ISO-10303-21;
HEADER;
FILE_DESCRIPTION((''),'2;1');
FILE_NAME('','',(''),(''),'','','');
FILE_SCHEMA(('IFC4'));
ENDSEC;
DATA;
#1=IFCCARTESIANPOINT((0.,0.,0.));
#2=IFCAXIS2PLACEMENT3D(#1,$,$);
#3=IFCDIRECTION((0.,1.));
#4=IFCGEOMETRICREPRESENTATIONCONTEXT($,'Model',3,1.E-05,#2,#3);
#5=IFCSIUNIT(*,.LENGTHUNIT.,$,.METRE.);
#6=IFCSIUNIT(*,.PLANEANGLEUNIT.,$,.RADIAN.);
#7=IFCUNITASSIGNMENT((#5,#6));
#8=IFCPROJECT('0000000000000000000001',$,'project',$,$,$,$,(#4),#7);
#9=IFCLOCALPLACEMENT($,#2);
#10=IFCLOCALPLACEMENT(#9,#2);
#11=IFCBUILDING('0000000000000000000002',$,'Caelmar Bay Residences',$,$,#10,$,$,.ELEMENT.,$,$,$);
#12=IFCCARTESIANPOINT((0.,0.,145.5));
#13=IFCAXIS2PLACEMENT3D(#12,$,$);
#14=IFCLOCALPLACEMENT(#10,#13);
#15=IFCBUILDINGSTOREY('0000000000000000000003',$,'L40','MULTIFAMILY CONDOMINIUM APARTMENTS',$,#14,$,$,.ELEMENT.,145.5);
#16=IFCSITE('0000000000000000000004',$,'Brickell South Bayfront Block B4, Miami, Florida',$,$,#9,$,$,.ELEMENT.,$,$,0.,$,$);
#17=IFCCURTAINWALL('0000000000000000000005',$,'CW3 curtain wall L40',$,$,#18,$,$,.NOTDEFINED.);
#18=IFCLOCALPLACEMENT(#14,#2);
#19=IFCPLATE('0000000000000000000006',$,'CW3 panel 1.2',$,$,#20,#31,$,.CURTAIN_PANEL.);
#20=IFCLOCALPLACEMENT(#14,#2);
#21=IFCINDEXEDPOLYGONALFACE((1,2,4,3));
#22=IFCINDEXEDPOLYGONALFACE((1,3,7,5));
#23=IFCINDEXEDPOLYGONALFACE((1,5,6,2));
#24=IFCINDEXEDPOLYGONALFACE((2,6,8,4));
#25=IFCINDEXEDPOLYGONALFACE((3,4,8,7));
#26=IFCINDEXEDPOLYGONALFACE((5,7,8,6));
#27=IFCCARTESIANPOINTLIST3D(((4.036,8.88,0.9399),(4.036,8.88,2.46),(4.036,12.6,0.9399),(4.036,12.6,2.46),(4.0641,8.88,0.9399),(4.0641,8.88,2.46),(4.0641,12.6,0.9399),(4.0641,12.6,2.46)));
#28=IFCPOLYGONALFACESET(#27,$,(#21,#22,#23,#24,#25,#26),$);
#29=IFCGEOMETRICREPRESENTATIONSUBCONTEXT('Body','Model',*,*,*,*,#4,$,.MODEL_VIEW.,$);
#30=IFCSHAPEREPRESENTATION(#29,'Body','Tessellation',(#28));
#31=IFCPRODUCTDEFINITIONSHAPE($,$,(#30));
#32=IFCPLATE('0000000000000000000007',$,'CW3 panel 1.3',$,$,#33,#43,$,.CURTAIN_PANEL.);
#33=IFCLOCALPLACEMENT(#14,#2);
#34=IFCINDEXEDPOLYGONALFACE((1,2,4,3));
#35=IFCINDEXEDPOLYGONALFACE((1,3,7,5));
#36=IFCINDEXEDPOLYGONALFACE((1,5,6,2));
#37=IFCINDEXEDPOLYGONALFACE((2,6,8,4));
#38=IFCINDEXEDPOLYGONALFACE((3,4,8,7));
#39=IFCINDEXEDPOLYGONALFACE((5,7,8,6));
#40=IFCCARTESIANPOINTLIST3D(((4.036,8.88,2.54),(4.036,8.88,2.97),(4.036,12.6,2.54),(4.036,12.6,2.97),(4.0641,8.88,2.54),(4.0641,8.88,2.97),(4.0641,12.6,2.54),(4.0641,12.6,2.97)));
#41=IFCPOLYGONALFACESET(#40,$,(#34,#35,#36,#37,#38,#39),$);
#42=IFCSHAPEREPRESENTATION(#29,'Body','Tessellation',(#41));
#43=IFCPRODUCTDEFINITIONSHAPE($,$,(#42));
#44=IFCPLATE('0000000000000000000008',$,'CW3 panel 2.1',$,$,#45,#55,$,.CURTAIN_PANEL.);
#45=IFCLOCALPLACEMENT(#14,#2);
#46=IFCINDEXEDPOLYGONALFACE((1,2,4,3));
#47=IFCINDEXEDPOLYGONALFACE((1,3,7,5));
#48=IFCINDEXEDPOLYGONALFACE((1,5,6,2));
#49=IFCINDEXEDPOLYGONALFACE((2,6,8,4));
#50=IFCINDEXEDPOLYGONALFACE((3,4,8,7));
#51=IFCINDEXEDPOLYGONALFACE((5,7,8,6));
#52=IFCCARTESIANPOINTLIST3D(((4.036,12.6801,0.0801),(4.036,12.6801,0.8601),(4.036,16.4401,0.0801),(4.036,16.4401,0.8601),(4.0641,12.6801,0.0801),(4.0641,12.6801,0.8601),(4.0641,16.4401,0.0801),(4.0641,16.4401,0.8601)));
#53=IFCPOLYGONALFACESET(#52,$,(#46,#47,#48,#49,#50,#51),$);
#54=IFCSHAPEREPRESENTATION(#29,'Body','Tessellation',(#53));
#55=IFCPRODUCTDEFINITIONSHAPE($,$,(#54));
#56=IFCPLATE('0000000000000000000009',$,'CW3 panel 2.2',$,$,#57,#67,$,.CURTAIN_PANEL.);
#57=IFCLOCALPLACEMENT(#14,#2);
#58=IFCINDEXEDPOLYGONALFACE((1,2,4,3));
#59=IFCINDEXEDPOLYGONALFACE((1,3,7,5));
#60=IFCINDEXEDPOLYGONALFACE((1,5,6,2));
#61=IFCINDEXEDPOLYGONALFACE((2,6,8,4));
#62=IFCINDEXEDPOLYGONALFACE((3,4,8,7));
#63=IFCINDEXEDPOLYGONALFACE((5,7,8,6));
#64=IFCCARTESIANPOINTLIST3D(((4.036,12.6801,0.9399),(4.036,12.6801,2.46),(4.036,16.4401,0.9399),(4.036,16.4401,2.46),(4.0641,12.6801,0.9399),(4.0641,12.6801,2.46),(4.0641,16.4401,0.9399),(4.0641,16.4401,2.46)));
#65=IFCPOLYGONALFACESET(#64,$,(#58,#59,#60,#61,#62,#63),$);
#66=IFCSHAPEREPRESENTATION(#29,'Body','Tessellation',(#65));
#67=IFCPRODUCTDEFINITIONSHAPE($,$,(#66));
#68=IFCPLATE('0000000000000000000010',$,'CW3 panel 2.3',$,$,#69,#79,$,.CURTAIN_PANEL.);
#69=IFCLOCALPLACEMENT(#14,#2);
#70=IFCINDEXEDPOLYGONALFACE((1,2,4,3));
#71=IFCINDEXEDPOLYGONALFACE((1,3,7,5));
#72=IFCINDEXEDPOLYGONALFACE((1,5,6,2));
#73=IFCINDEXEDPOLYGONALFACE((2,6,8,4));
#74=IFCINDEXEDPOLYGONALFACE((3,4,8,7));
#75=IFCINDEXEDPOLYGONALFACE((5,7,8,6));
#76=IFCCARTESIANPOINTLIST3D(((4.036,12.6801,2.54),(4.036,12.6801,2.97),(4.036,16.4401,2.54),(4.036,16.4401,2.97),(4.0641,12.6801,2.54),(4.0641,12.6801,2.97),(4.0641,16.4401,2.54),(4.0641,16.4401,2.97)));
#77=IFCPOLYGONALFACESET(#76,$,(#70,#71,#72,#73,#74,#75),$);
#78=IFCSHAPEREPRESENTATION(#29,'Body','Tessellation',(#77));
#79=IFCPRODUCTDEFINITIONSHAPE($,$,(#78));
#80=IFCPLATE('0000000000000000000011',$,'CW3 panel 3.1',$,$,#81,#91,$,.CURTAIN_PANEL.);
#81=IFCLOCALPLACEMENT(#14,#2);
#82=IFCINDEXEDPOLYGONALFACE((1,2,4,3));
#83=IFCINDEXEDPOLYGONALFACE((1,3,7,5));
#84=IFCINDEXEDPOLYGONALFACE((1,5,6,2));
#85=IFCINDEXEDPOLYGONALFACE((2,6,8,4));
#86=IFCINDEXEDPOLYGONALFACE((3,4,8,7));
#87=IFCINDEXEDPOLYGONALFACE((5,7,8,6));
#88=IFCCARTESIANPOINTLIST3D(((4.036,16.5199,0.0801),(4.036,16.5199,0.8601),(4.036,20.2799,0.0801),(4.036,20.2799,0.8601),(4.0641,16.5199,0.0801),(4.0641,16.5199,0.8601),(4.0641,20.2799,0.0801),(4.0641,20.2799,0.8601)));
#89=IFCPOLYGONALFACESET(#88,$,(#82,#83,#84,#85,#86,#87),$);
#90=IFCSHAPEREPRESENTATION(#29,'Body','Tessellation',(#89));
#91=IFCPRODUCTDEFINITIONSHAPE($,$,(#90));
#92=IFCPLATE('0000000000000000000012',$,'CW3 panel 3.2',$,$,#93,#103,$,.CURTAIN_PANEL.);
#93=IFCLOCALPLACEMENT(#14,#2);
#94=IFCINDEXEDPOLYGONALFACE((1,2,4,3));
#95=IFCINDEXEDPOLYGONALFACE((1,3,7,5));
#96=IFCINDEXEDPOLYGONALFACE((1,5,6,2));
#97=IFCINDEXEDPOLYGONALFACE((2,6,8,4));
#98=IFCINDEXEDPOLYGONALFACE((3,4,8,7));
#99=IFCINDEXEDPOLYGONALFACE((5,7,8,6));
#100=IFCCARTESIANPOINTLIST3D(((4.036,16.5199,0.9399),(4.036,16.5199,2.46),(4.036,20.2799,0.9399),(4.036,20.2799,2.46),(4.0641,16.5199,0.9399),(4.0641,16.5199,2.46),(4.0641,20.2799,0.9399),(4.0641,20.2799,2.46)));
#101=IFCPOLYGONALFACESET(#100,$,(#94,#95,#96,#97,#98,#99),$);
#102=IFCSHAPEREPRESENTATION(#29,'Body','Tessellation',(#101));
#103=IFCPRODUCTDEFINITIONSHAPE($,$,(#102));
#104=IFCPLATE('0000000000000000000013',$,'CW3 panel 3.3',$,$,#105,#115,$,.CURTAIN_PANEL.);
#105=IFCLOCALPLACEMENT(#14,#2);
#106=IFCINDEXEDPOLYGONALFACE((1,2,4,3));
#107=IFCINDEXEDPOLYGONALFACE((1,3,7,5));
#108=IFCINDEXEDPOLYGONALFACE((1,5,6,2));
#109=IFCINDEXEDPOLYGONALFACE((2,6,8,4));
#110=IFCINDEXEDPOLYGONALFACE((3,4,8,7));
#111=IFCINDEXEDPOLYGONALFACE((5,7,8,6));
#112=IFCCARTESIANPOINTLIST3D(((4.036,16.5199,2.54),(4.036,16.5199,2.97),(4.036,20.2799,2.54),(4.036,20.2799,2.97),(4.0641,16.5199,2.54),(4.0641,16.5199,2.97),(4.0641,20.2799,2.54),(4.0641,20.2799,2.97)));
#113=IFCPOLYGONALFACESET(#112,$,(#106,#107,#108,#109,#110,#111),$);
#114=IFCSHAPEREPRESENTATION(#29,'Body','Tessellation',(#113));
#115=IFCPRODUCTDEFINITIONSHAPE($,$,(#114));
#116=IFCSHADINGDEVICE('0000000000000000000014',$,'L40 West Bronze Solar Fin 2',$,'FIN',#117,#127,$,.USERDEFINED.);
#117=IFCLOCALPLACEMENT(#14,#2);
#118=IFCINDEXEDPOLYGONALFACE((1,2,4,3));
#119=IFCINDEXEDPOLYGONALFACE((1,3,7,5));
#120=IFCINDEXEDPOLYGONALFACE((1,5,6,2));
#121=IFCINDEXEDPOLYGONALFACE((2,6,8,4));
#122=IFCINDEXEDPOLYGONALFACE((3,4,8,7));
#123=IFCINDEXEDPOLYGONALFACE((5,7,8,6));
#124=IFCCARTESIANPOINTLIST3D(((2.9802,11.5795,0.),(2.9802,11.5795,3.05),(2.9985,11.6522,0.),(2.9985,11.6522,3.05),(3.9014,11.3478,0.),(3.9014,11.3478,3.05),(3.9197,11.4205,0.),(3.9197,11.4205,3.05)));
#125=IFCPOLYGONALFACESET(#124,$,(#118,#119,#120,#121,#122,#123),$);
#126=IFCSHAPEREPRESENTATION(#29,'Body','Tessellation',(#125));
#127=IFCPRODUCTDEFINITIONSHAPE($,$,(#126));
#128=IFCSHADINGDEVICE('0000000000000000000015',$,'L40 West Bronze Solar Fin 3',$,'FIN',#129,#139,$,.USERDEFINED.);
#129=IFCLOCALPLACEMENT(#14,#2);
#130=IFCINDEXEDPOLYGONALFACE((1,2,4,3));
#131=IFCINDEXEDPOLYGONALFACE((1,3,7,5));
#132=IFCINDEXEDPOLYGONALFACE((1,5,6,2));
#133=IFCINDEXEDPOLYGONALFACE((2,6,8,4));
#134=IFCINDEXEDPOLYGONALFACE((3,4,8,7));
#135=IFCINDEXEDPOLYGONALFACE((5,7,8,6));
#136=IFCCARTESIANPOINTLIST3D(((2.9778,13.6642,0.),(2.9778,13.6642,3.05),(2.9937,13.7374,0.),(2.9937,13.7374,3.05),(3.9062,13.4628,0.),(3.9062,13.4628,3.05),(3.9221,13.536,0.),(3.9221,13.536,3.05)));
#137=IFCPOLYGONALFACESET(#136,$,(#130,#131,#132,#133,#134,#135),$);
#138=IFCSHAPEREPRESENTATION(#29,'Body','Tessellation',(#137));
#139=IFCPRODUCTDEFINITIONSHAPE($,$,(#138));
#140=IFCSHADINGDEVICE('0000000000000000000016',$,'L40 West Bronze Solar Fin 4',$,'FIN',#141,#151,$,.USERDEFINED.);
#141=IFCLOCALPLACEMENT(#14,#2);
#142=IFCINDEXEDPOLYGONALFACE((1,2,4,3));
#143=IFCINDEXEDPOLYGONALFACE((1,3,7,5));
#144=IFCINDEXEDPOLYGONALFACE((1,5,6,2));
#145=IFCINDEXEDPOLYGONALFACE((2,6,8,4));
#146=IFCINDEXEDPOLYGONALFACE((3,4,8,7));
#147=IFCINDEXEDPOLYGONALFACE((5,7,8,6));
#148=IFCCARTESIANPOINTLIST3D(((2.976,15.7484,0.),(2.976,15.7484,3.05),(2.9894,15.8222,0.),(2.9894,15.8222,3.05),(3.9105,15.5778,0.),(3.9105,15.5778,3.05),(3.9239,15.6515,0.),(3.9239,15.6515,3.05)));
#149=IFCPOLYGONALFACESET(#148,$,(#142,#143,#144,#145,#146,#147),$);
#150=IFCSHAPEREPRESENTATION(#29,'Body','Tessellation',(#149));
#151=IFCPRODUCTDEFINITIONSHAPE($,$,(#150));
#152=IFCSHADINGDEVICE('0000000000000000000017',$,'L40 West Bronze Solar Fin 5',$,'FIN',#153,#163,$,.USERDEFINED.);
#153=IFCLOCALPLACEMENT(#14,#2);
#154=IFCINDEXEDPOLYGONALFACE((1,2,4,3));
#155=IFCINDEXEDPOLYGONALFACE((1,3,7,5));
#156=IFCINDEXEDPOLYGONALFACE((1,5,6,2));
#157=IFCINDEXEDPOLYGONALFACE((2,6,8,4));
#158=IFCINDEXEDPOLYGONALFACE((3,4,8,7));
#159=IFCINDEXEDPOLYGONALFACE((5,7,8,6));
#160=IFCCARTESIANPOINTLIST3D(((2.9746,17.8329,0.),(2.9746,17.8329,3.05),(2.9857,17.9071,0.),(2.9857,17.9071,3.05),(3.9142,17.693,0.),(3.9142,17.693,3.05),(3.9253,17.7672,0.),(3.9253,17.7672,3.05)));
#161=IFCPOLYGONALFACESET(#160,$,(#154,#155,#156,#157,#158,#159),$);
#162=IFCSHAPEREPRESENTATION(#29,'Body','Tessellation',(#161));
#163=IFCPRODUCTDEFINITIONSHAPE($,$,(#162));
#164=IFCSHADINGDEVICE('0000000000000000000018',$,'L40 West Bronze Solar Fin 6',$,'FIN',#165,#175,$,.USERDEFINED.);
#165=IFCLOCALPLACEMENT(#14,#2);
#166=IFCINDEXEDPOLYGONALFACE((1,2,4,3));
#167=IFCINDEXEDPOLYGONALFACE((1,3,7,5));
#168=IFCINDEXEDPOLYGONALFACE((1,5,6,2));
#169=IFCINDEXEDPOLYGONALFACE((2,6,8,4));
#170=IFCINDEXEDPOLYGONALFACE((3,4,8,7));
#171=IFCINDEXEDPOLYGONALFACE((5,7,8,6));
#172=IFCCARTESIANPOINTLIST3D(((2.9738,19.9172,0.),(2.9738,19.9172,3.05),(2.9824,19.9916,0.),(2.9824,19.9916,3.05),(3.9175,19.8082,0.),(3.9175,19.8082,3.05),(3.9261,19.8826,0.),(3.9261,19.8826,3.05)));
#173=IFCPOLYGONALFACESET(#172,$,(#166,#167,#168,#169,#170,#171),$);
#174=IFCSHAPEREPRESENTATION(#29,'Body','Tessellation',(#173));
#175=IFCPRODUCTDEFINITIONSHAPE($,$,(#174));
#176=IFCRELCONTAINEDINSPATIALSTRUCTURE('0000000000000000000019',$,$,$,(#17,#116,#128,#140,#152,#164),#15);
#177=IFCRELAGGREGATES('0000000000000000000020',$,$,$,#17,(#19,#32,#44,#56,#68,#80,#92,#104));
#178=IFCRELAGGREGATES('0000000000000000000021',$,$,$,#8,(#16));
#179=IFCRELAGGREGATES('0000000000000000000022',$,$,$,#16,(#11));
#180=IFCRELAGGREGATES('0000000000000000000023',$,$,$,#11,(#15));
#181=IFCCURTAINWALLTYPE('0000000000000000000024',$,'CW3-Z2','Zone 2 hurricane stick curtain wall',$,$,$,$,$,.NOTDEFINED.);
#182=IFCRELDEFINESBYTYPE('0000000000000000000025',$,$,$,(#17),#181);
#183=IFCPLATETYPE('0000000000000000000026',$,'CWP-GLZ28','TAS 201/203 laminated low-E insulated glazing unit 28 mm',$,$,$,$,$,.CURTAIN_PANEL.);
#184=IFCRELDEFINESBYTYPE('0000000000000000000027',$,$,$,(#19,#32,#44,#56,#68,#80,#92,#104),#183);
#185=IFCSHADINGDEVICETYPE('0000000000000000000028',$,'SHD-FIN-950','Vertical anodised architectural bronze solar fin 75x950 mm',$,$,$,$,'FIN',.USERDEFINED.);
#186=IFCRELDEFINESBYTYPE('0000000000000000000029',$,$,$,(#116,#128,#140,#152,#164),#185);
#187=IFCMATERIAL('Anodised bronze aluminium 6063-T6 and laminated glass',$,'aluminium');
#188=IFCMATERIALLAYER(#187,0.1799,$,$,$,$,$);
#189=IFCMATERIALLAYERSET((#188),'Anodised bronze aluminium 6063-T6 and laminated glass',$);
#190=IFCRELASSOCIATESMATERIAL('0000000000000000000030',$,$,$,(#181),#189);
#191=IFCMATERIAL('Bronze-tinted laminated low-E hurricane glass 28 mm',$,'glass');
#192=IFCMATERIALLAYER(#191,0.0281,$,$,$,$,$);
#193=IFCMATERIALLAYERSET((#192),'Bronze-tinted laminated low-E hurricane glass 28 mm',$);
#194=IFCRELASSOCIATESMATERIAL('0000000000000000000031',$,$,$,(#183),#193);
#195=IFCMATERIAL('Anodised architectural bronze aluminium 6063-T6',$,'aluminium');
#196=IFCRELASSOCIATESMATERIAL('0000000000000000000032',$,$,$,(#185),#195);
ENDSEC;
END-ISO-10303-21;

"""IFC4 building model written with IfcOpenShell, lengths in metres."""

from ifc_helpers import new_model, si_unit, direction, frame, origin, origin_2d, place, context, subcontext, project, spatial, rectangle, extrude, material, layer, layer_set, material_profile, profile_set, type_object, element, aggregate, save


model = new_model("IFC4")

# Units and contexts
model_context = context("Model", 3, precision=1e-05, world=origin(), true_north=direction((0.0, 1.0)))
body_context = subcontext(model_context, "Body", "Model", "MODEL_VIEW")
ifc_project = project(units=[si_unit("LENGTHUNIT", "METRE"), si_unit("PLANEANGLEUNIT", "RADIAN")], contexts=[model_context])

# Site, building, storey
site_placement = place(None, origin())
site = spatial("IfcSite", under=ifc_project, at=site_placement, Name="Brickell South Bayfront Block B4, Miami, Florida", CompositionType="ELEMENT", RefElevation=0.0)
building_placement = place(site_placement, origin())
building = spatial("IfcBuilding", under=site, at=building_placement, Name="Caelmar Bay Residences", CompositionType="ELEMENT")
storey_placement = place(building_placement, frame((0.0, 0.0, 145.5)))
storey = spatial("IfcBuildingStorey", under=building, at=storey_placement, Name="L40", Description="MULTIFAMILY CONDOMINIUM APARTMENTS", CompositionType="ELEMENT", Elevation=145.5)

# Curtain wall, plates
ifc_material_1 = material(Name="Anodised bronze aluminium 6063-T6 and laminated glass", Category="aluminium")
ifc_layer_1 = layer(ifc_material_1, 0.1799)
ifc_layer_set_1 = layer_set([ifc_layer_1], Name="Anodised bronze aluminium 6063-T6 and laminated glass")
curtain_wall_type = type_object("IfcCurtainWallType", Name="CW3-Z2", Description="Zone 2 hurricane stick curtain wall", PredefinedType="NOTDEFINED", material=ifc_layer_set_1)
curtain_wall_placement = place(storey_placement, origin())
curtain_wall = element("IfcCurtainWall", 1, at=curtain_wall_placement, inside=storey, type_object=curtain_wall_type, Name="CW3 curtain wall L40", PredefinedType="NOTDEFINED")
ifc_material_2 = material(Name="Bronze-tinted laminated low-E hurricane glass 28 mm", Category="glass")
ifc_layer_2 = layer(ifc_material_2, 0.0281)
ifc_layer_set_2 = layer_set([ifc_layer_2], Name="Bronze-tinted laminated low-E hurricane glass 28 mm")
plate_type = type_object("IfcPlateType", Name="CWP-GLZ28", Description="TAS 201/203 laminated low-E insulated glazing unit 28 mm", PredefinedType="CURTAIN_PANEL", material=ifc_layer_set_2)
plate_1_placement = place(storey_placement, frame((4.05, 10.74, 0.9399), z_axis=(0.0, 0.0, 1.0), x_axis=(0.0, 1.0, 0.0)))
plate_1 = element("IfcPlate", 2, at=plate_1_placement, type_object=plate_type, Name="CW3 panel 1.2", PredefinedType="CURTAIN_PANEL", context=body_context, shape_type="SweptSolid", body=[
    extrude(rectangle(XDim=3.72, YDim=0.0281, at=origin_2d()), origin(), (0.0, 0.0, 1.0), 1.52),
])
plate_2_placement = place(storey_placement, frame((4.05, 10.74, 2.54), z_axis=(0.0, 0.0, 1.0), x_axis=(0.0, 1.0, 0.0)))
plate_2 = element("IfcPlate", 3, at=plate_2_placement, type_object=plate_type, Name="CW3 panel 1.3", PredefinedType="CURTAIN_PANEL", context=body_context, shape_type="SweptSolid", body=[
    extrude(rectangle(XDim=3.72, YDim=0.0281, at=origin_2d()), origin(), (0.0, 0.0, 1.0), 0.4299),
])
plate_3_placement = place(storey_placement, frame((4.05, 14.5601, 0.0801), z_axis=(0.0, 0.0, 1.0), x_axis=(0.0, 1.0, 0.0)))
plate_3 = element("IfcPlate", 4, at=plate_3_placement, type_object=plate_type, Name="CW3 panel 2.1", PredefinedType="CURTAIN_PANEL", context=body_context, shape_type="SweptSolid", body=[
    extrude(rectangle(XDim=3.76, YDim=0.0281, at=origin_2d()), origin(), (0.0, 0.0, 1.0), 0.78),
])
plate_4_placement = place(storey_placement, frame((4.05, 14.5601, 0.9399), z_axis=(0.0, 0.0, 1.0), x_axis=(0.0, 1.0, 0.0)))
plate_4 = element("IfcPlate", 5, at=plate_4_placement, type_object=plate_type, Name="CW3 panel 2.2", PredefinedType="CURTAIN_PANEL", context=body_context, shape_type="SweptSolid", body=[
    extrude(rectangle(XDim=3.76, YDim=0.0281, at=origin_2d()), origin(), (0.0, 0.0, 1.0), 1.52),
])
plate_5_placement = place(storey_placement, frame((4.05, 14.5601, 2.54), z_axis=(0.0, 0.0, 1.0), x_axis=(0.0, 1.0, 0.0)))
plate_5 = element("IfcPlate", 6, at=plate_5_placement, type_object=plate_type, Name="CW3 panel 2.3", PredefinedType="CURTAIN_PANEL", context=body_context, shape_type="SweptSolid", body=[
    extrude(rectangle(XDim=3.76, YDim=0.0281, at=origin_2d()), origin(), (0.0, 0.0, 1.0), 0.4299),
])
plate_6_placement = place(storey_placement, frame((4.05, 18.3999, 0.0801), z_axis=(0.0, 0.0, 1.0), x_axis=(0.0, 1.0, 0.0)))
plate_6 = element("IfcPlate", 7, at=plate_6_placement, type_object=plate_type, Name="CW3 panel 3.1", PredefinedType="CURTAIN_PANEL", context=body_context, shape_type="SweptSolid", body=[
    extrude(rectangle(XDim=3.76, YDim=0.0281, at=origin_2d()), origin(), (0.0, 0.0, 1.0), 0.78),
])
plate_7_placement = place(storey_placement, frame((4.05, 18.3999, 0.9399), z_axis=(0.0, 0.0, 1.0), x_axis=(0.0, 1.0, 0.0)))
plate_7 = element("IfcPlate", 8, at=plate_7_placement, type_object=plate_type, Name="CW3 panel 3.2", PredefinedType="CURTAIN_PANEL", context=body_context, shape_type="SweptSolid", body=[
    extrude(rectangle(XDim=3.76, YDim=0.0281, at=origin_2d()), origin(), (0.0, 0.0, 1.0), 1.52),
])
plate_8_placement = place(storey_placement, frame((4.05, 18.3999, 2.54), z_axis=(0.0, 0.0, 1.0), x_axis=(0.0, 1.0, 0.0)))
plate_8 = element("IfcPlate", 9, at=plate_8_placement, type_object=plate_type, Name="CW3 panel 3.3", PredefinedType="CURTAIN_PANEL", context=body_context, shape_type="SweptSolid", body=[
    extrude(rectangle(XDim=3.76, YDim=0.0281, at=origin_2d()), origin(), (0.0, 0.0, 1.0), 0.4299),
])
aggregate(curtain_wall, [plate_1, plate_2, plate_3, plate_4, plate_5, plate_6, plate_7, plate_8])

# Shading devices
ifc_material_3 = material(Name="Anodised architectural bronze aluminium 6063-T6", Category="aluminium")
ifc_material_profile_1 = material_profile(ifc_material_3, rectangle(XDim=0.075, YDim=0.95, at=origin_2d()), Name="BRONZE-FIN-75X950")
ifc_profile_set_1 = profile_set([ifc_material_profile_1], Name="Anodised architectural bronze aluminium 6063-T6")
shading_device_type = type_object("IfcShadingDeviceType", Name="SHD-FIN-950", Description="Vertical anodised architectural bronze solar fin 75x950 mm", ElementType="FIN", PredefinedType="USERDEFINED", material=ifc_profile_set_1)
for number, where, z_axis, x_axis, name in (
    (10, (3.45, 11.5, 0.0), (0.0, 0.0, 1.0), (0.243954, 0.969787, 0.0), "L40 West Bronze Solar Fin 2"),
    (11, (3.45, 13.6001, 0.0), (0.0, 0.0, 1.0), (0.212007, 0.977268, 0.0), "L40 West Bronze Solar Fin 3"),
    (12, (3.45, 15.7, 0.0), (0.0, 0.0, 1.0), (0.179661, 0.983729, 0.0), "L40 West Bronze Solar Fin 4"),
    (13, (3.45, 17.8, 0.0), (0.0, 0.0, 1.0), (0.147292, 0.989093, 0.0), "L40 West Bronze Solar Fin 5"),
    (14, (3.45, 19.8999, 0.0), (0.0, 0.0, 1.0), (0.114764, 0.993393, 0.0), "L40 West Bronze Solar Fin 6"),
):
    element("IfcShadingDevice", number, at=place(storey_placement, frame(where, z_axis=z_axis, x_axis=x_axis)), inside=storey, type_object=shading_device_type, Name=name, ObjectType="FIN", PredefinedType="USERDEFINED", context=body_context, shape_type="SweptSolid", body=[
        extrude(rectangle(XDim=0.075, YDim=0.95, at=origin_2d()), origin(), (0.0, 0.0, 1.0), 3.05),
    ])

save(model, "model.ifc")
